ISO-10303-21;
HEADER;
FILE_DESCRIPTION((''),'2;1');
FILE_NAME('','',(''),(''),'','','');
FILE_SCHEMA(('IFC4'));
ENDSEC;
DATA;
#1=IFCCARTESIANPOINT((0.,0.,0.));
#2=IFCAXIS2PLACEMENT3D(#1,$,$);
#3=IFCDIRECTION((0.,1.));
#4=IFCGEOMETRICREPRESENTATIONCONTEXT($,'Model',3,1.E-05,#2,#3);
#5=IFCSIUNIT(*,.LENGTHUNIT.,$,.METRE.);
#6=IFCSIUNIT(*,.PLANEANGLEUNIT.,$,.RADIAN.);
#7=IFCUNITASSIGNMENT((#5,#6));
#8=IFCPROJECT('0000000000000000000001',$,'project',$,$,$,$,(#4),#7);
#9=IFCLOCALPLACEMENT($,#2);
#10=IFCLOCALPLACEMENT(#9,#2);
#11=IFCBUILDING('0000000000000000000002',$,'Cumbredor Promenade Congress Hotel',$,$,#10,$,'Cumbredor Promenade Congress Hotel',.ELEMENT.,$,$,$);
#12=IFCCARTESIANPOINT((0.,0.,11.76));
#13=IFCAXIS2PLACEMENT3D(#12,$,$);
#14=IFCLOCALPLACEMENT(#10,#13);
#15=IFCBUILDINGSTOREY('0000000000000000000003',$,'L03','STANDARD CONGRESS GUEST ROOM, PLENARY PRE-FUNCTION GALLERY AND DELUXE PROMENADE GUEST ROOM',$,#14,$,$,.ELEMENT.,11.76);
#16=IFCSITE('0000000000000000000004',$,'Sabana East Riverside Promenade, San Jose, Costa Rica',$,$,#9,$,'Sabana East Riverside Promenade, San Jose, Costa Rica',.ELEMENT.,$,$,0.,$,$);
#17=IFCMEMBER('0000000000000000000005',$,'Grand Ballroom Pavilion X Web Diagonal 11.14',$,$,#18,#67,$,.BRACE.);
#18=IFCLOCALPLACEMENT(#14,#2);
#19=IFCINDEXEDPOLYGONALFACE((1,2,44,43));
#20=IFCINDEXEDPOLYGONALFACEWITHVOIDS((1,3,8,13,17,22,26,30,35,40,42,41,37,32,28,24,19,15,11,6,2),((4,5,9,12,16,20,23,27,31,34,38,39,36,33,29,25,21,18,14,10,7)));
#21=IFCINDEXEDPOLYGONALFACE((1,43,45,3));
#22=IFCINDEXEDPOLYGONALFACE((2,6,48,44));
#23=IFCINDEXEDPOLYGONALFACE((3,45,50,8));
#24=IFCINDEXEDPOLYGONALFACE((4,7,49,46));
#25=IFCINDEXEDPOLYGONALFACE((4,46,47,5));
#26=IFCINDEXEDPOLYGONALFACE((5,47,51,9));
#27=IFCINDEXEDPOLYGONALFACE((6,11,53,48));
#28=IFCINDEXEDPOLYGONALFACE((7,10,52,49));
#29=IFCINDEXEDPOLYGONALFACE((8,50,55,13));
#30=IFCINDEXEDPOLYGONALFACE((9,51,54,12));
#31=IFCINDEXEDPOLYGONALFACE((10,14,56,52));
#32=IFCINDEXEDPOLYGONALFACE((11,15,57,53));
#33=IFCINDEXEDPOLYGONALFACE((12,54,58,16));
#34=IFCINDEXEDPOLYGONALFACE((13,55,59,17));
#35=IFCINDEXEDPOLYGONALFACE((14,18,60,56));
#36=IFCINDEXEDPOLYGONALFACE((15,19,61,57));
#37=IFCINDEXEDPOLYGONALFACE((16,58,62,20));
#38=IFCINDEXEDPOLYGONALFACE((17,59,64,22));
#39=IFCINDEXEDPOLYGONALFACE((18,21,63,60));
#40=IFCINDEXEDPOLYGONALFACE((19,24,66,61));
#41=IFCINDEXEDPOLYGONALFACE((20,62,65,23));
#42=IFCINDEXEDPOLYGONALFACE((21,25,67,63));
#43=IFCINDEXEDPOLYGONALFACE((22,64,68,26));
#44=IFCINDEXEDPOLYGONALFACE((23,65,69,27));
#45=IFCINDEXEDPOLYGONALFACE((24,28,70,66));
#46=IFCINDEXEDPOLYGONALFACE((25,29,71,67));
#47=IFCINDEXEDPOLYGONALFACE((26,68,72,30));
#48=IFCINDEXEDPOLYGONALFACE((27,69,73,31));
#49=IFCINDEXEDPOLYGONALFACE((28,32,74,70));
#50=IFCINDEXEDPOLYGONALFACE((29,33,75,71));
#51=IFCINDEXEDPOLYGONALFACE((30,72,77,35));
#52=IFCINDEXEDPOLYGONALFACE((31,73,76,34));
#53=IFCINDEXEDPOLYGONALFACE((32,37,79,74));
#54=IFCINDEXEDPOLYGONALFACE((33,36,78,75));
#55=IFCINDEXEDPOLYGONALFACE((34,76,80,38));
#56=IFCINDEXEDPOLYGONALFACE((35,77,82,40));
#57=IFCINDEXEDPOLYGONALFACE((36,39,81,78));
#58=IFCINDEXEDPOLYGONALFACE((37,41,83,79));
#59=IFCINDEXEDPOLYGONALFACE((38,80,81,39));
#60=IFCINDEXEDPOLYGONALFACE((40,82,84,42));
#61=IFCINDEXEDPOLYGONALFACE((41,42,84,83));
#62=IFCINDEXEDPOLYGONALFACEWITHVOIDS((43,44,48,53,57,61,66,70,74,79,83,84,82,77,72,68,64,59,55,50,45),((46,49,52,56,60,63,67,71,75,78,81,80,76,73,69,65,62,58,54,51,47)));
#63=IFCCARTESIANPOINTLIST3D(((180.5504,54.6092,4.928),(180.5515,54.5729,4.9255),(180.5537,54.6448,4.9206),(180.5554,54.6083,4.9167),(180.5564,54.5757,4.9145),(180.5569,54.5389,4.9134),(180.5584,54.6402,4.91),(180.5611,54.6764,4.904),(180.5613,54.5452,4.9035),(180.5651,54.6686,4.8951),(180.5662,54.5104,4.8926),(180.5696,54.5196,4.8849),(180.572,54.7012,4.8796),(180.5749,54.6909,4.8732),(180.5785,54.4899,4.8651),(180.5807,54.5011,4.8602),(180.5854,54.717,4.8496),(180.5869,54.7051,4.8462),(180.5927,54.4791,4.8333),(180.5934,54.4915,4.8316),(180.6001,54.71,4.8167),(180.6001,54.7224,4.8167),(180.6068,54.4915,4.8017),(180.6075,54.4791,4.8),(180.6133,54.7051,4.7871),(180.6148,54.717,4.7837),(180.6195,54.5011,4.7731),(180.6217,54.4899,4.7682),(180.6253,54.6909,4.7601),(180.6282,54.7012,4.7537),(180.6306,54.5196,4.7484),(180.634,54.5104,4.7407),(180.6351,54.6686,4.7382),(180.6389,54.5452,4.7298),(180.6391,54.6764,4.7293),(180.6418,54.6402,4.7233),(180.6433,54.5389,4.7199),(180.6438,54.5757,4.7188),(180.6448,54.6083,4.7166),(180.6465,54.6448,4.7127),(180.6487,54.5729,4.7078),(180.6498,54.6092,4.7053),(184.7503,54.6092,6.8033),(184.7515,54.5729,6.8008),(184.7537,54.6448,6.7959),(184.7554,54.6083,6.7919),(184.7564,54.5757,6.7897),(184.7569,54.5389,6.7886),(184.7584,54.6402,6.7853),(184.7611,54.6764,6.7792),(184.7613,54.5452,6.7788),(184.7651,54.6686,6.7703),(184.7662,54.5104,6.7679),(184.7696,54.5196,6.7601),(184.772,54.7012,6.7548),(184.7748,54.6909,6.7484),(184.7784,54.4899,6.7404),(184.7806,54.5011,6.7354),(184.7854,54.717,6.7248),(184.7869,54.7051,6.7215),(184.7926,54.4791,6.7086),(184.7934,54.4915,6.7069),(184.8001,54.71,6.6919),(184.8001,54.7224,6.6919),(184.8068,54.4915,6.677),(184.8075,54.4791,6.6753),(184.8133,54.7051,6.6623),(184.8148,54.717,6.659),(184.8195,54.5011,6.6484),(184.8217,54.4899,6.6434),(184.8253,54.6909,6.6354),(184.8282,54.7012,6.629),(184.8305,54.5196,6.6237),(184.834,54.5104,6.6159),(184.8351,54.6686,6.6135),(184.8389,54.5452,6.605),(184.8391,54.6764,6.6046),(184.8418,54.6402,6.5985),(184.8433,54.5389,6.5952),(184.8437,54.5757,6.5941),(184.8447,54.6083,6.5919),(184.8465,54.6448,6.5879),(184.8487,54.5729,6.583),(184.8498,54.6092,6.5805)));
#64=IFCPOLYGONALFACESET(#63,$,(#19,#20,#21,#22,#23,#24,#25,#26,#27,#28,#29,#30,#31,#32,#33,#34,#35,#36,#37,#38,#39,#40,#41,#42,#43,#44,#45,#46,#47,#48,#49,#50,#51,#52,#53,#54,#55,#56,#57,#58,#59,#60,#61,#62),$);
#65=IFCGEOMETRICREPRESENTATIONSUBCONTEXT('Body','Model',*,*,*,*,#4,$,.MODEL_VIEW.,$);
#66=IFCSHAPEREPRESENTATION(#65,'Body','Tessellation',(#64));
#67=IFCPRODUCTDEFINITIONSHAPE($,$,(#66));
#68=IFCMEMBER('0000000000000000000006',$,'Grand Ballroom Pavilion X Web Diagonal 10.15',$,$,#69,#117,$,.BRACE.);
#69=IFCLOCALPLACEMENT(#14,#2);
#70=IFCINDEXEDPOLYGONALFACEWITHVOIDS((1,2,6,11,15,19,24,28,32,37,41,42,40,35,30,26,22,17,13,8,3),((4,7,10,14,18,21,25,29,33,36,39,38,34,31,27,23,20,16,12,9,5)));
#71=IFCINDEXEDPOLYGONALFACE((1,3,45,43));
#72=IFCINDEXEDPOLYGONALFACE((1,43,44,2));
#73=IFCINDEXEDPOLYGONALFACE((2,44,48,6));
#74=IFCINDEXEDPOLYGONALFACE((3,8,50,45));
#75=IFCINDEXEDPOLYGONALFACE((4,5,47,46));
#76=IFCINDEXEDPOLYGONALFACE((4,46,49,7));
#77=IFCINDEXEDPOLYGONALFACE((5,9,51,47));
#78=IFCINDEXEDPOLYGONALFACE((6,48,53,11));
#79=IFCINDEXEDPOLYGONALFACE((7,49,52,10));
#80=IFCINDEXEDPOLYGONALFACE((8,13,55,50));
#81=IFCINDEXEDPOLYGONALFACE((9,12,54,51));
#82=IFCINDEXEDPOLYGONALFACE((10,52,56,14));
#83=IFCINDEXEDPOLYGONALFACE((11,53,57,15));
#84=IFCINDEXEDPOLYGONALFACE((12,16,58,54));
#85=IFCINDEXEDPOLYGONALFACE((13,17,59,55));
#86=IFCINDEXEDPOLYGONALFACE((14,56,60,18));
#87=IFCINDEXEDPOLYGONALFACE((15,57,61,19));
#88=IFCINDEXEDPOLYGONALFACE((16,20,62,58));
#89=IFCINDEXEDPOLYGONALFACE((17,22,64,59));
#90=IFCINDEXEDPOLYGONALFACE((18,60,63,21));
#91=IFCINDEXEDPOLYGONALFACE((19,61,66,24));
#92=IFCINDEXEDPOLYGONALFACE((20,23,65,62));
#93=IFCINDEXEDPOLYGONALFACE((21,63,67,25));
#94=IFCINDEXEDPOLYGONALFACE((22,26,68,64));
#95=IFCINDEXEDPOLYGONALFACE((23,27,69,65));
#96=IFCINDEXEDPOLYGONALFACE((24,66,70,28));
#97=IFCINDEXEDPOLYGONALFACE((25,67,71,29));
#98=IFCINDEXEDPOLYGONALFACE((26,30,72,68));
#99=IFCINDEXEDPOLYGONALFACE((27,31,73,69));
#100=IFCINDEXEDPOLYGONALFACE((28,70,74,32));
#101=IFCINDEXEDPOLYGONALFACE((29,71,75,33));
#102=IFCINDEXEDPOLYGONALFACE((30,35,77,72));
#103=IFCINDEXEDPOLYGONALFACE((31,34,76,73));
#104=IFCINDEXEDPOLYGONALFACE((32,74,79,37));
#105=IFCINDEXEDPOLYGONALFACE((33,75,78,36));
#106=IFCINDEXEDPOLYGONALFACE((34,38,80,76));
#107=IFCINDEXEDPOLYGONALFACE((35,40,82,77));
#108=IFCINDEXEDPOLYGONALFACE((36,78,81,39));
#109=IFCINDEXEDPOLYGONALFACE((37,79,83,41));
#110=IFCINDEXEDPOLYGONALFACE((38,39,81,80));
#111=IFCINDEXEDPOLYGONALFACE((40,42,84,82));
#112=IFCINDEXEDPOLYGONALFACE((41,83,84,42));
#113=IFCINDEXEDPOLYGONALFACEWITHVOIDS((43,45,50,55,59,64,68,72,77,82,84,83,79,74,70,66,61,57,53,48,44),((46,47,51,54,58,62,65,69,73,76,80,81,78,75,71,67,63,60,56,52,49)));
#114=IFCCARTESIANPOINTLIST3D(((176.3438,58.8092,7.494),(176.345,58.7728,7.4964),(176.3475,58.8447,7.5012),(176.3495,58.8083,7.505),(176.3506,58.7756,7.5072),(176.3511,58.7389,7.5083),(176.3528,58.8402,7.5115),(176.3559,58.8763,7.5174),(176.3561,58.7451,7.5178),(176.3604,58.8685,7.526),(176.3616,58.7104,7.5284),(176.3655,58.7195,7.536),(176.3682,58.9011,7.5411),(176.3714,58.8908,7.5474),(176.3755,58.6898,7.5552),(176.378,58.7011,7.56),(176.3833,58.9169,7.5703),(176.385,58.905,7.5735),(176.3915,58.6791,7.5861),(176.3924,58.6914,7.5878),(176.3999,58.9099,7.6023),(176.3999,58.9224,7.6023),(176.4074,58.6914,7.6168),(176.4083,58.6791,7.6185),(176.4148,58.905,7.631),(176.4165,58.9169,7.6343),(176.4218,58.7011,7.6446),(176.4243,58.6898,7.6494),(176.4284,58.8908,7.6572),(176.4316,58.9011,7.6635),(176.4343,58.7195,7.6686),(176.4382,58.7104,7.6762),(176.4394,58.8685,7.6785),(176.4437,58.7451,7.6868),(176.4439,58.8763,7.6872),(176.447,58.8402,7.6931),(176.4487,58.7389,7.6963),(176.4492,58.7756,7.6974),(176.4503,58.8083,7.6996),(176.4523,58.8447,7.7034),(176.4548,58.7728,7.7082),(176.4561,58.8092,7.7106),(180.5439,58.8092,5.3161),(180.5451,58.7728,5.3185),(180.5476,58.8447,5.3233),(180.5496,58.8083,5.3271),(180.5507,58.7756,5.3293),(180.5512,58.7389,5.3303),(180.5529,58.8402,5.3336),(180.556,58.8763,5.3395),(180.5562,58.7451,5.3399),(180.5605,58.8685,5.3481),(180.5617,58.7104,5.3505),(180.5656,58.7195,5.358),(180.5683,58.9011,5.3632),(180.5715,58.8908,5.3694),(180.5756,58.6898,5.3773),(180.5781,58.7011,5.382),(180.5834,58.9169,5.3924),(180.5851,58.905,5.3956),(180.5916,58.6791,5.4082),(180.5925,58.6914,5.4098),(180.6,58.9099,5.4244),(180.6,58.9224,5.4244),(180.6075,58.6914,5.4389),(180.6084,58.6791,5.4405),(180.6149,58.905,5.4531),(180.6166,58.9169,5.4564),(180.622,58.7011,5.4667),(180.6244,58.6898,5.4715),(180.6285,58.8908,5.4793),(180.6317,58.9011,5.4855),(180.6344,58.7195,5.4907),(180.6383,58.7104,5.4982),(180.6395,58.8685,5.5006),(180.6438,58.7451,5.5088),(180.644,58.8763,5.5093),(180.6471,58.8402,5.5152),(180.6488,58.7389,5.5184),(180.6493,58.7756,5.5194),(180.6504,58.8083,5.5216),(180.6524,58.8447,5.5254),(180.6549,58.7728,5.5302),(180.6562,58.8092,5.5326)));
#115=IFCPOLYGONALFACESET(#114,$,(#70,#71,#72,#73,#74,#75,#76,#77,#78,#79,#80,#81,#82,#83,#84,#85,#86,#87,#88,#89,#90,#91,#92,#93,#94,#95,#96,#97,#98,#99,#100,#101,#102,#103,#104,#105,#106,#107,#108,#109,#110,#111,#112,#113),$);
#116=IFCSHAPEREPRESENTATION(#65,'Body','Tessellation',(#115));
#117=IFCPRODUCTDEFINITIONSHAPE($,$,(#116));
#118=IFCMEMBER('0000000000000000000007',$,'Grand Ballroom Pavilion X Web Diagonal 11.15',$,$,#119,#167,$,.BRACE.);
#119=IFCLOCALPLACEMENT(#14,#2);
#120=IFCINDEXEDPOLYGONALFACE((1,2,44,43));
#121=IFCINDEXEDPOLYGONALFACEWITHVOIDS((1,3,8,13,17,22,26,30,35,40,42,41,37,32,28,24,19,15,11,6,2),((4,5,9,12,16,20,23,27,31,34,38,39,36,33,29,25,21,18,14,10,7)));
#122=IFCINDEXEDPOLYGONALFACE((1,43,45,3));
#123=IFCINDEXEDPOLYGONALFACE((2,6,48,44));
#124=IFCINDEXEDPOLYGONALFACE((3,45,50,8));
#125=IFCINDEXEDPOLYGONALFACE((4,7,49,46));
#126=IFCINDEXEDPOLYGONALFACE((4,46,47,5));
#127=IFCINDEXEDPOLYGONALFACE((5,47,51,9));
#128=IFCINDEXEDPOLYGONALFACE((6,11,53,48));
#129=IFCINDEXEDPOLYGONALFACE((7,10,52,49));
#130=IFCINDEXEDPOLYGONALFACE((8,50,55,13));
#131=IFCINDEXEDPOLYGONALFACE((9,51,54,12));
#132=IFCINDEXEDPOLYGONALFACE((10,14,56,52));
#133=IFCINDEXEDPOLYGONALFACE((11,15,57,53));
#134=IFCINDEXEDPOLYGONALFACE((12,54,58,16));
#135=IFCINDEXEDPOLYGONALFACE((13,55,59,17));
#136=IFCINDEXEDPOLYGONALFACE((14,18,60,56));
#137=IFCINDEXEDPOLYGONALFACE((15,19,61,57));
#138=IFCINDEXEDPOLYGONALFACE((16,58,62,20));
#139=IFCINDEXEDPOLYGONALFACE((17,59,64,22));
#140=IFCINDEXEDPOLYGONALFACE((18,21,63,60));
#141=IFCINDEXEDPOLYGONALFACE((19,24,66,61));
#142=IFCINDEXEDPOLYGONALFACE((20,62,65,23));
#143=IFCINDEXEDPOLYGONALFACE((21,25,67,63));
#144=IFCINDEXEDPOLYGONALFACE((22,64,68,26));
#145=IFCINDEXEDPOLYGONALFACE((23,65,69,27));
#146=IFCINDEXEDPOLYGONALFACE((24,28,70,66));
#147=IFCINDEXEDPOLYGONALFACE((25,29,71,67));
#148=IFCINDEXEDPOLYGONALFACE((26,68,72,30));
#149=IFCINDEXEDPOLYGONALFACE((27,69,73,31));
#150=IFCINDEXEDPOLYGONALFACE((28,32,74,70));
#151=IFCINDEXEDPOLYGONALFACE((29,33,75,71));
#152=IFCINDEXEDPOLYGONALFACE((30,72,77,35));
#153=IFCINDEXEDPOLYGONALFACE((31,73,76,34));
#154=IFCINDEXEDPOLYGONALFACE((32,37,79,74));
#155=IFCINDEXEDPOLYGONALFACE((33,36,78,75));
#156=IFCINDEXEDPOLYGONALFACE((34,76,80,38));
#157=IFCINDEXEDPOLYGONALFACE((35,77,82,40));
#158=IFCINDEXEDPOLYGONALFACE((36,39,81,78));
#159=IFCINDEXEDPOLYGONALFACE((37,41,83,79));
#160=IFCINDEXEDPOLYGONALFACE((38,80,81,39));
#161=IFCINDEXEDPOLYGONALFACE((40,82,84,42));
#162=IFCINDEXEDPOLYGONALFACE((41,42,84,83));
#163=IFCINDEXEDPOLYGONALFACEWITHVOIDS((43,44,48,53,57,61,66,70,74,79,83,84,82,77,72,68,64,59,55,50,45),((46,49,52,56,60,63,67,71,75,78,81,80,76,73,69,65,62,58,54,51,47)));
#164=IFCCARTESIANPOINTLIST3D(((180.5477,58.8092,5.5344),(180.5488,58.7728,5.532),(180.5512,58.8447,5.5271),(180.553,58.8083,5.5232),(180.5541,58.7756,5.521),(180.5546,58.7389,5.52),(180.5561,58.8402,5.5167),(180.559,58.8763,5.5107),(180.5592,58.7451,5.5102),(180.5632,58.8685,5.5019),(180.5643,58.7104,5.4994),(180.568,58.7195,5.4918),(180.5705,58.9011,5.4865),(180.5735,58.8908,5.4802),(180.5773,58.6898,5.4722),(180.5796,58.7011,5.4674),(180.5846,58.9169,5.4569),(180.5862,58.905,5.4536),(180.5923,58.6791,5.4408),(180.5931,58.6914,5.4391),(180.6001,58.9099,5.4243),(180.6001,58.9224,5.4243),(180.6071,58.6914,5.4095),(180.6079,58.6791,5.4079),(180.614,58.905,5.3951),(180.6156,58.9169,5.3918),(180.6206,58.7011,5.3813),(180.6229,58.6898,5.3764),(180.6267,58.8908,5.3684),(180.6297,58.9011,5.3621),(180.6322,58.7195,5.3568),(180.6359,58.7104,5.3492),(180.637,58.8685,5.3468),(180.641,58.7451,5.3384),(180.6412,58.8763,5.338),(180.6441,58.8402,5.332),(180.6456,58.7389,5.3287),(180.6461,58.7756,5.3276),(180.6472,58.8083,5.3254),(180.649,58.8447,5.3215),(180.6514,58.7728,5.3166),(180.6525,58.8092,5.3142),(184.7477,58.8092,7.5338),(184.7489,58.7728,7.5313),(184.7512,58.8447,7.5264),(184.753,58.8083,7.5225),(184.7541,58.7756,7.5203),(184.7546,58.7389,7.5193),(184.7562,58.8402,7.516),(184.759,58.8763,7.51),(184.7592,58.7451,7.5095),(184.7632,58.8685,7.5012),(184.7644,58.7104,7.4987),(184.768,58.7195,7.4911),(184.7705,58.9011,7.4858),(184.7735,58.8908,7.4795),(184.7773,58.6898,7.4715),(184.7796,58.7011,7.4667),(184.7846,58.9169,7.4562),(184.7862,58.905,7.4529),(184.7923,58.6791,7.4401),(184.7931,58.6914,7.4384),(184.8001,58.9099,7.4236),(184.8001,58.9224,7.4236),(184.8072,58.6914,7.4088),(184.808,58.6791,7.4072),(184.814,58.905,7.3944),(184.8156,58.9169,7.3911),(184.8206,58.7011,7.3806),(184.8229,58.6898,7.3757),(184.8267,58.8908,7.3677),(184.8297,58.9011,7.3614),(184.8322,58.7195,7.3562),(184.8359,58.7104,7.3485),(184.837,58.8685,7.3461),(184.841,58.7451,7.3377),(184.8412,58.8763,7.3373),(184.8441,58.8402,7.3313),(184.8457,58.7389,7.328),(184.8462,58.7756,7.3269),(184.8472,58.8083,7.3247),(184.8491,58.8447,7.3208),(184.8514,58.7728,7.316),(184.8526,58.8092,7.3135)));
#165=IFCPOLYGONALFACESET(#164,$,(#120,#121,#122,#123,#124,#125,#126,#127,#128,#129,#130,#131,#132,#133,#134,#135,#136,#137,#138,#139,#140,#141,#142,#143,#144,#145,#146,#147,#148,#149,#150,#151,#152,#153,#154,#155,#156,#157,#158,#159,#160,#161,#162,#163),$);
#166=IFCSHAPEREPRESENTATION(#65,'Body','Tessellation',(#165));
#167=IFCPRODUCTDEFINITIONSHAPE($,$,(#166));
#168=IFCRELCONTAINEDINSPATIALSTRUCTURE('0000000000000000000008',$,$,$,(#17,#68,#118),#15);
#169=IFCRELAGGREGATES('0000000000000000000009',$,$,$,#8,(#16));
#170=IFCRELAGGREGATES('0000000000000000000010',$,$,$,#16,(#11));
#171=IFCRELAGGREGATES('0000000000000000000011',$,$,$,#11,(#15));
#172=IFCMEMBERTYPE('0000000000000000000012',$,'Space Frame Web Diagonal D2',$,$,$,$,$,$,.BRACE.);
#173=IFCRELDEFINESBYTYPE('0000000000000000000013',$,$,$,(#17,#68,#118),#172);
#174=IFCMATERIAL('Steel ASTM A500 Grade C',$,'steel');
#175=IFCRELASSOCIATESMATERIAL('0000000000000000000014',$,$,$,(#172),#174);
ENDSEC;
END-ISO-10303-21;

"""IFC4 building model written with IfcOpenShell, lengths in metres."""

from ifc_helpers import new_model, si_unit, direction, frame, origin, origin_2d, place, context, subcontext, project, spatial, hollow_circle, extrude, material, material_profile, profile_set, type_object, element, save


model = new_model("IFC4")

# Units and contexts
model_context = context("Model", 3, precision=1e-05, world=origin(), true_north=direction((0.0, 1.0)))
body_context = subcontext(model_context, "Body", "Model", "MODEL_VIEW")
ifc_project = project(units=[si_unit("LENGTHUNIT", "METRE"), si_unit("PLANEANGLEUNIT", "RADIAN")], contexts=[model_context])

# Site, building, storey
site_placement = place(None, origin())
site = spatial("IfcSite", under=ifc_project, at=site_placement, Name="Sabana East Riverside Promenade, San Jose, Costa Rica", LongName="Sabana East Riverside Promenade, San Jose, Costa Rica", CompositionType="ELEMENT", RefElevation=0.0)
building_placement = place(site_placement, origin())
building = spatial("IfcBuilding", under=site, at=building_placement, Name="Cumbredor Promenade Congress Hotel", LongName="Cumbredor Promenade Congress Hotel", CompositionType="ELEMENT")
storey_placement = place(building_placement, frame((0.0, 0.0, 11.76)))
storey = spatial("IfcBuildingStorey", under=building, at=storey_placement, Name="L03", Description="STANDARD CONGRESS GUEST ROOM, PLENARY PRE-FUNCTION GALLERY AND DELUXE PROMENADE GUEST ROOM", CompositionType="ELEMENT", Elevation=11.76)

# Members
ifc_material_1 = material(Name="Steel ASTM A500 Grade C", Category="steel")
ifc_material_profile_1 = material_profile(ifc_material_1, hollow_circle(Radius=0.1223, WallThickness=0.0125, at=origin_2d()), Name="CHS 244.5x12.5")
ifc_profile_set_1 = profile_set([ifc_material_profile_1], Name="Steel ASTM A500 Grade C")
member_type_1 = type_object("IfcMemberType", Name="Space Frame Web Diagonal D2", PredefinedType="BRACE", material=ifc_profile_set_1)
member_1_placement = place(storey_placement, frame((180.6001, 54.6001, 4.8167), z_axis=(0.913116, 0.0, 0.407699), x_axis=(0.0, 1.0, 0.0)))
element("IfcMember", 1, at=member_1_placement, inside=storey, type_object=member_type_1, Name="Grand Ballroom Pavilion X Web Diagonal 11.14", PredefinedType="BRACE", context=body_context, shape_type="SweptSolid", body=[
    extrude(hollow_circle(Radius=0.1223, WallThickness=0.0125, at=origin_2d()), origin(), (0.0, 0.0, 1.0), 4.5996),
])
member_2_placement = place(storey_placement, frame((176.3999, 58.8, 7.6023), z_axis=(0.887746, 0.0, -0.460334), x_axis=(0.0, 1.0, 0.0)))
element("IfcMember", 2, at=member_2_placement, inside=storey, type_object=member_type_1, Name="Grand Ballroom Pavilion X Web Diagonal 10.15", PredefinedType="BRACE", context=body_context, shape_type="SweptSolid", body=[
    extrude(hollow_circle(Radius=0.1223, WallThickness=0.0125, at=origin_2d()), origin(), (0.0, 0.0, 1.0), 4.7312),
])
member_3_placement = place(storey_placement, frame((180.6001, 58.8, 5.4243), z_axis=(0.90292, 0.0, 0.429809), x_axis=(0.0, 1.0, 0.0)))
element("IfcMember", 3, at=member_3_placement, inside=storey, type_object=member_type_1, Name="Grand Ballroom Pavilion X Web Diagonal 11.15", PredefinedType="BRACE", context=body_context, shape_type="SweptSolid", body=[
    extrude(hollow_circle(Radius=0.1223, WallThickness=0.0125, at=origin_2d()), origin(), (0.0, 0.0, 1.0), 4.6516),
])

save(model, "model.ifc")
